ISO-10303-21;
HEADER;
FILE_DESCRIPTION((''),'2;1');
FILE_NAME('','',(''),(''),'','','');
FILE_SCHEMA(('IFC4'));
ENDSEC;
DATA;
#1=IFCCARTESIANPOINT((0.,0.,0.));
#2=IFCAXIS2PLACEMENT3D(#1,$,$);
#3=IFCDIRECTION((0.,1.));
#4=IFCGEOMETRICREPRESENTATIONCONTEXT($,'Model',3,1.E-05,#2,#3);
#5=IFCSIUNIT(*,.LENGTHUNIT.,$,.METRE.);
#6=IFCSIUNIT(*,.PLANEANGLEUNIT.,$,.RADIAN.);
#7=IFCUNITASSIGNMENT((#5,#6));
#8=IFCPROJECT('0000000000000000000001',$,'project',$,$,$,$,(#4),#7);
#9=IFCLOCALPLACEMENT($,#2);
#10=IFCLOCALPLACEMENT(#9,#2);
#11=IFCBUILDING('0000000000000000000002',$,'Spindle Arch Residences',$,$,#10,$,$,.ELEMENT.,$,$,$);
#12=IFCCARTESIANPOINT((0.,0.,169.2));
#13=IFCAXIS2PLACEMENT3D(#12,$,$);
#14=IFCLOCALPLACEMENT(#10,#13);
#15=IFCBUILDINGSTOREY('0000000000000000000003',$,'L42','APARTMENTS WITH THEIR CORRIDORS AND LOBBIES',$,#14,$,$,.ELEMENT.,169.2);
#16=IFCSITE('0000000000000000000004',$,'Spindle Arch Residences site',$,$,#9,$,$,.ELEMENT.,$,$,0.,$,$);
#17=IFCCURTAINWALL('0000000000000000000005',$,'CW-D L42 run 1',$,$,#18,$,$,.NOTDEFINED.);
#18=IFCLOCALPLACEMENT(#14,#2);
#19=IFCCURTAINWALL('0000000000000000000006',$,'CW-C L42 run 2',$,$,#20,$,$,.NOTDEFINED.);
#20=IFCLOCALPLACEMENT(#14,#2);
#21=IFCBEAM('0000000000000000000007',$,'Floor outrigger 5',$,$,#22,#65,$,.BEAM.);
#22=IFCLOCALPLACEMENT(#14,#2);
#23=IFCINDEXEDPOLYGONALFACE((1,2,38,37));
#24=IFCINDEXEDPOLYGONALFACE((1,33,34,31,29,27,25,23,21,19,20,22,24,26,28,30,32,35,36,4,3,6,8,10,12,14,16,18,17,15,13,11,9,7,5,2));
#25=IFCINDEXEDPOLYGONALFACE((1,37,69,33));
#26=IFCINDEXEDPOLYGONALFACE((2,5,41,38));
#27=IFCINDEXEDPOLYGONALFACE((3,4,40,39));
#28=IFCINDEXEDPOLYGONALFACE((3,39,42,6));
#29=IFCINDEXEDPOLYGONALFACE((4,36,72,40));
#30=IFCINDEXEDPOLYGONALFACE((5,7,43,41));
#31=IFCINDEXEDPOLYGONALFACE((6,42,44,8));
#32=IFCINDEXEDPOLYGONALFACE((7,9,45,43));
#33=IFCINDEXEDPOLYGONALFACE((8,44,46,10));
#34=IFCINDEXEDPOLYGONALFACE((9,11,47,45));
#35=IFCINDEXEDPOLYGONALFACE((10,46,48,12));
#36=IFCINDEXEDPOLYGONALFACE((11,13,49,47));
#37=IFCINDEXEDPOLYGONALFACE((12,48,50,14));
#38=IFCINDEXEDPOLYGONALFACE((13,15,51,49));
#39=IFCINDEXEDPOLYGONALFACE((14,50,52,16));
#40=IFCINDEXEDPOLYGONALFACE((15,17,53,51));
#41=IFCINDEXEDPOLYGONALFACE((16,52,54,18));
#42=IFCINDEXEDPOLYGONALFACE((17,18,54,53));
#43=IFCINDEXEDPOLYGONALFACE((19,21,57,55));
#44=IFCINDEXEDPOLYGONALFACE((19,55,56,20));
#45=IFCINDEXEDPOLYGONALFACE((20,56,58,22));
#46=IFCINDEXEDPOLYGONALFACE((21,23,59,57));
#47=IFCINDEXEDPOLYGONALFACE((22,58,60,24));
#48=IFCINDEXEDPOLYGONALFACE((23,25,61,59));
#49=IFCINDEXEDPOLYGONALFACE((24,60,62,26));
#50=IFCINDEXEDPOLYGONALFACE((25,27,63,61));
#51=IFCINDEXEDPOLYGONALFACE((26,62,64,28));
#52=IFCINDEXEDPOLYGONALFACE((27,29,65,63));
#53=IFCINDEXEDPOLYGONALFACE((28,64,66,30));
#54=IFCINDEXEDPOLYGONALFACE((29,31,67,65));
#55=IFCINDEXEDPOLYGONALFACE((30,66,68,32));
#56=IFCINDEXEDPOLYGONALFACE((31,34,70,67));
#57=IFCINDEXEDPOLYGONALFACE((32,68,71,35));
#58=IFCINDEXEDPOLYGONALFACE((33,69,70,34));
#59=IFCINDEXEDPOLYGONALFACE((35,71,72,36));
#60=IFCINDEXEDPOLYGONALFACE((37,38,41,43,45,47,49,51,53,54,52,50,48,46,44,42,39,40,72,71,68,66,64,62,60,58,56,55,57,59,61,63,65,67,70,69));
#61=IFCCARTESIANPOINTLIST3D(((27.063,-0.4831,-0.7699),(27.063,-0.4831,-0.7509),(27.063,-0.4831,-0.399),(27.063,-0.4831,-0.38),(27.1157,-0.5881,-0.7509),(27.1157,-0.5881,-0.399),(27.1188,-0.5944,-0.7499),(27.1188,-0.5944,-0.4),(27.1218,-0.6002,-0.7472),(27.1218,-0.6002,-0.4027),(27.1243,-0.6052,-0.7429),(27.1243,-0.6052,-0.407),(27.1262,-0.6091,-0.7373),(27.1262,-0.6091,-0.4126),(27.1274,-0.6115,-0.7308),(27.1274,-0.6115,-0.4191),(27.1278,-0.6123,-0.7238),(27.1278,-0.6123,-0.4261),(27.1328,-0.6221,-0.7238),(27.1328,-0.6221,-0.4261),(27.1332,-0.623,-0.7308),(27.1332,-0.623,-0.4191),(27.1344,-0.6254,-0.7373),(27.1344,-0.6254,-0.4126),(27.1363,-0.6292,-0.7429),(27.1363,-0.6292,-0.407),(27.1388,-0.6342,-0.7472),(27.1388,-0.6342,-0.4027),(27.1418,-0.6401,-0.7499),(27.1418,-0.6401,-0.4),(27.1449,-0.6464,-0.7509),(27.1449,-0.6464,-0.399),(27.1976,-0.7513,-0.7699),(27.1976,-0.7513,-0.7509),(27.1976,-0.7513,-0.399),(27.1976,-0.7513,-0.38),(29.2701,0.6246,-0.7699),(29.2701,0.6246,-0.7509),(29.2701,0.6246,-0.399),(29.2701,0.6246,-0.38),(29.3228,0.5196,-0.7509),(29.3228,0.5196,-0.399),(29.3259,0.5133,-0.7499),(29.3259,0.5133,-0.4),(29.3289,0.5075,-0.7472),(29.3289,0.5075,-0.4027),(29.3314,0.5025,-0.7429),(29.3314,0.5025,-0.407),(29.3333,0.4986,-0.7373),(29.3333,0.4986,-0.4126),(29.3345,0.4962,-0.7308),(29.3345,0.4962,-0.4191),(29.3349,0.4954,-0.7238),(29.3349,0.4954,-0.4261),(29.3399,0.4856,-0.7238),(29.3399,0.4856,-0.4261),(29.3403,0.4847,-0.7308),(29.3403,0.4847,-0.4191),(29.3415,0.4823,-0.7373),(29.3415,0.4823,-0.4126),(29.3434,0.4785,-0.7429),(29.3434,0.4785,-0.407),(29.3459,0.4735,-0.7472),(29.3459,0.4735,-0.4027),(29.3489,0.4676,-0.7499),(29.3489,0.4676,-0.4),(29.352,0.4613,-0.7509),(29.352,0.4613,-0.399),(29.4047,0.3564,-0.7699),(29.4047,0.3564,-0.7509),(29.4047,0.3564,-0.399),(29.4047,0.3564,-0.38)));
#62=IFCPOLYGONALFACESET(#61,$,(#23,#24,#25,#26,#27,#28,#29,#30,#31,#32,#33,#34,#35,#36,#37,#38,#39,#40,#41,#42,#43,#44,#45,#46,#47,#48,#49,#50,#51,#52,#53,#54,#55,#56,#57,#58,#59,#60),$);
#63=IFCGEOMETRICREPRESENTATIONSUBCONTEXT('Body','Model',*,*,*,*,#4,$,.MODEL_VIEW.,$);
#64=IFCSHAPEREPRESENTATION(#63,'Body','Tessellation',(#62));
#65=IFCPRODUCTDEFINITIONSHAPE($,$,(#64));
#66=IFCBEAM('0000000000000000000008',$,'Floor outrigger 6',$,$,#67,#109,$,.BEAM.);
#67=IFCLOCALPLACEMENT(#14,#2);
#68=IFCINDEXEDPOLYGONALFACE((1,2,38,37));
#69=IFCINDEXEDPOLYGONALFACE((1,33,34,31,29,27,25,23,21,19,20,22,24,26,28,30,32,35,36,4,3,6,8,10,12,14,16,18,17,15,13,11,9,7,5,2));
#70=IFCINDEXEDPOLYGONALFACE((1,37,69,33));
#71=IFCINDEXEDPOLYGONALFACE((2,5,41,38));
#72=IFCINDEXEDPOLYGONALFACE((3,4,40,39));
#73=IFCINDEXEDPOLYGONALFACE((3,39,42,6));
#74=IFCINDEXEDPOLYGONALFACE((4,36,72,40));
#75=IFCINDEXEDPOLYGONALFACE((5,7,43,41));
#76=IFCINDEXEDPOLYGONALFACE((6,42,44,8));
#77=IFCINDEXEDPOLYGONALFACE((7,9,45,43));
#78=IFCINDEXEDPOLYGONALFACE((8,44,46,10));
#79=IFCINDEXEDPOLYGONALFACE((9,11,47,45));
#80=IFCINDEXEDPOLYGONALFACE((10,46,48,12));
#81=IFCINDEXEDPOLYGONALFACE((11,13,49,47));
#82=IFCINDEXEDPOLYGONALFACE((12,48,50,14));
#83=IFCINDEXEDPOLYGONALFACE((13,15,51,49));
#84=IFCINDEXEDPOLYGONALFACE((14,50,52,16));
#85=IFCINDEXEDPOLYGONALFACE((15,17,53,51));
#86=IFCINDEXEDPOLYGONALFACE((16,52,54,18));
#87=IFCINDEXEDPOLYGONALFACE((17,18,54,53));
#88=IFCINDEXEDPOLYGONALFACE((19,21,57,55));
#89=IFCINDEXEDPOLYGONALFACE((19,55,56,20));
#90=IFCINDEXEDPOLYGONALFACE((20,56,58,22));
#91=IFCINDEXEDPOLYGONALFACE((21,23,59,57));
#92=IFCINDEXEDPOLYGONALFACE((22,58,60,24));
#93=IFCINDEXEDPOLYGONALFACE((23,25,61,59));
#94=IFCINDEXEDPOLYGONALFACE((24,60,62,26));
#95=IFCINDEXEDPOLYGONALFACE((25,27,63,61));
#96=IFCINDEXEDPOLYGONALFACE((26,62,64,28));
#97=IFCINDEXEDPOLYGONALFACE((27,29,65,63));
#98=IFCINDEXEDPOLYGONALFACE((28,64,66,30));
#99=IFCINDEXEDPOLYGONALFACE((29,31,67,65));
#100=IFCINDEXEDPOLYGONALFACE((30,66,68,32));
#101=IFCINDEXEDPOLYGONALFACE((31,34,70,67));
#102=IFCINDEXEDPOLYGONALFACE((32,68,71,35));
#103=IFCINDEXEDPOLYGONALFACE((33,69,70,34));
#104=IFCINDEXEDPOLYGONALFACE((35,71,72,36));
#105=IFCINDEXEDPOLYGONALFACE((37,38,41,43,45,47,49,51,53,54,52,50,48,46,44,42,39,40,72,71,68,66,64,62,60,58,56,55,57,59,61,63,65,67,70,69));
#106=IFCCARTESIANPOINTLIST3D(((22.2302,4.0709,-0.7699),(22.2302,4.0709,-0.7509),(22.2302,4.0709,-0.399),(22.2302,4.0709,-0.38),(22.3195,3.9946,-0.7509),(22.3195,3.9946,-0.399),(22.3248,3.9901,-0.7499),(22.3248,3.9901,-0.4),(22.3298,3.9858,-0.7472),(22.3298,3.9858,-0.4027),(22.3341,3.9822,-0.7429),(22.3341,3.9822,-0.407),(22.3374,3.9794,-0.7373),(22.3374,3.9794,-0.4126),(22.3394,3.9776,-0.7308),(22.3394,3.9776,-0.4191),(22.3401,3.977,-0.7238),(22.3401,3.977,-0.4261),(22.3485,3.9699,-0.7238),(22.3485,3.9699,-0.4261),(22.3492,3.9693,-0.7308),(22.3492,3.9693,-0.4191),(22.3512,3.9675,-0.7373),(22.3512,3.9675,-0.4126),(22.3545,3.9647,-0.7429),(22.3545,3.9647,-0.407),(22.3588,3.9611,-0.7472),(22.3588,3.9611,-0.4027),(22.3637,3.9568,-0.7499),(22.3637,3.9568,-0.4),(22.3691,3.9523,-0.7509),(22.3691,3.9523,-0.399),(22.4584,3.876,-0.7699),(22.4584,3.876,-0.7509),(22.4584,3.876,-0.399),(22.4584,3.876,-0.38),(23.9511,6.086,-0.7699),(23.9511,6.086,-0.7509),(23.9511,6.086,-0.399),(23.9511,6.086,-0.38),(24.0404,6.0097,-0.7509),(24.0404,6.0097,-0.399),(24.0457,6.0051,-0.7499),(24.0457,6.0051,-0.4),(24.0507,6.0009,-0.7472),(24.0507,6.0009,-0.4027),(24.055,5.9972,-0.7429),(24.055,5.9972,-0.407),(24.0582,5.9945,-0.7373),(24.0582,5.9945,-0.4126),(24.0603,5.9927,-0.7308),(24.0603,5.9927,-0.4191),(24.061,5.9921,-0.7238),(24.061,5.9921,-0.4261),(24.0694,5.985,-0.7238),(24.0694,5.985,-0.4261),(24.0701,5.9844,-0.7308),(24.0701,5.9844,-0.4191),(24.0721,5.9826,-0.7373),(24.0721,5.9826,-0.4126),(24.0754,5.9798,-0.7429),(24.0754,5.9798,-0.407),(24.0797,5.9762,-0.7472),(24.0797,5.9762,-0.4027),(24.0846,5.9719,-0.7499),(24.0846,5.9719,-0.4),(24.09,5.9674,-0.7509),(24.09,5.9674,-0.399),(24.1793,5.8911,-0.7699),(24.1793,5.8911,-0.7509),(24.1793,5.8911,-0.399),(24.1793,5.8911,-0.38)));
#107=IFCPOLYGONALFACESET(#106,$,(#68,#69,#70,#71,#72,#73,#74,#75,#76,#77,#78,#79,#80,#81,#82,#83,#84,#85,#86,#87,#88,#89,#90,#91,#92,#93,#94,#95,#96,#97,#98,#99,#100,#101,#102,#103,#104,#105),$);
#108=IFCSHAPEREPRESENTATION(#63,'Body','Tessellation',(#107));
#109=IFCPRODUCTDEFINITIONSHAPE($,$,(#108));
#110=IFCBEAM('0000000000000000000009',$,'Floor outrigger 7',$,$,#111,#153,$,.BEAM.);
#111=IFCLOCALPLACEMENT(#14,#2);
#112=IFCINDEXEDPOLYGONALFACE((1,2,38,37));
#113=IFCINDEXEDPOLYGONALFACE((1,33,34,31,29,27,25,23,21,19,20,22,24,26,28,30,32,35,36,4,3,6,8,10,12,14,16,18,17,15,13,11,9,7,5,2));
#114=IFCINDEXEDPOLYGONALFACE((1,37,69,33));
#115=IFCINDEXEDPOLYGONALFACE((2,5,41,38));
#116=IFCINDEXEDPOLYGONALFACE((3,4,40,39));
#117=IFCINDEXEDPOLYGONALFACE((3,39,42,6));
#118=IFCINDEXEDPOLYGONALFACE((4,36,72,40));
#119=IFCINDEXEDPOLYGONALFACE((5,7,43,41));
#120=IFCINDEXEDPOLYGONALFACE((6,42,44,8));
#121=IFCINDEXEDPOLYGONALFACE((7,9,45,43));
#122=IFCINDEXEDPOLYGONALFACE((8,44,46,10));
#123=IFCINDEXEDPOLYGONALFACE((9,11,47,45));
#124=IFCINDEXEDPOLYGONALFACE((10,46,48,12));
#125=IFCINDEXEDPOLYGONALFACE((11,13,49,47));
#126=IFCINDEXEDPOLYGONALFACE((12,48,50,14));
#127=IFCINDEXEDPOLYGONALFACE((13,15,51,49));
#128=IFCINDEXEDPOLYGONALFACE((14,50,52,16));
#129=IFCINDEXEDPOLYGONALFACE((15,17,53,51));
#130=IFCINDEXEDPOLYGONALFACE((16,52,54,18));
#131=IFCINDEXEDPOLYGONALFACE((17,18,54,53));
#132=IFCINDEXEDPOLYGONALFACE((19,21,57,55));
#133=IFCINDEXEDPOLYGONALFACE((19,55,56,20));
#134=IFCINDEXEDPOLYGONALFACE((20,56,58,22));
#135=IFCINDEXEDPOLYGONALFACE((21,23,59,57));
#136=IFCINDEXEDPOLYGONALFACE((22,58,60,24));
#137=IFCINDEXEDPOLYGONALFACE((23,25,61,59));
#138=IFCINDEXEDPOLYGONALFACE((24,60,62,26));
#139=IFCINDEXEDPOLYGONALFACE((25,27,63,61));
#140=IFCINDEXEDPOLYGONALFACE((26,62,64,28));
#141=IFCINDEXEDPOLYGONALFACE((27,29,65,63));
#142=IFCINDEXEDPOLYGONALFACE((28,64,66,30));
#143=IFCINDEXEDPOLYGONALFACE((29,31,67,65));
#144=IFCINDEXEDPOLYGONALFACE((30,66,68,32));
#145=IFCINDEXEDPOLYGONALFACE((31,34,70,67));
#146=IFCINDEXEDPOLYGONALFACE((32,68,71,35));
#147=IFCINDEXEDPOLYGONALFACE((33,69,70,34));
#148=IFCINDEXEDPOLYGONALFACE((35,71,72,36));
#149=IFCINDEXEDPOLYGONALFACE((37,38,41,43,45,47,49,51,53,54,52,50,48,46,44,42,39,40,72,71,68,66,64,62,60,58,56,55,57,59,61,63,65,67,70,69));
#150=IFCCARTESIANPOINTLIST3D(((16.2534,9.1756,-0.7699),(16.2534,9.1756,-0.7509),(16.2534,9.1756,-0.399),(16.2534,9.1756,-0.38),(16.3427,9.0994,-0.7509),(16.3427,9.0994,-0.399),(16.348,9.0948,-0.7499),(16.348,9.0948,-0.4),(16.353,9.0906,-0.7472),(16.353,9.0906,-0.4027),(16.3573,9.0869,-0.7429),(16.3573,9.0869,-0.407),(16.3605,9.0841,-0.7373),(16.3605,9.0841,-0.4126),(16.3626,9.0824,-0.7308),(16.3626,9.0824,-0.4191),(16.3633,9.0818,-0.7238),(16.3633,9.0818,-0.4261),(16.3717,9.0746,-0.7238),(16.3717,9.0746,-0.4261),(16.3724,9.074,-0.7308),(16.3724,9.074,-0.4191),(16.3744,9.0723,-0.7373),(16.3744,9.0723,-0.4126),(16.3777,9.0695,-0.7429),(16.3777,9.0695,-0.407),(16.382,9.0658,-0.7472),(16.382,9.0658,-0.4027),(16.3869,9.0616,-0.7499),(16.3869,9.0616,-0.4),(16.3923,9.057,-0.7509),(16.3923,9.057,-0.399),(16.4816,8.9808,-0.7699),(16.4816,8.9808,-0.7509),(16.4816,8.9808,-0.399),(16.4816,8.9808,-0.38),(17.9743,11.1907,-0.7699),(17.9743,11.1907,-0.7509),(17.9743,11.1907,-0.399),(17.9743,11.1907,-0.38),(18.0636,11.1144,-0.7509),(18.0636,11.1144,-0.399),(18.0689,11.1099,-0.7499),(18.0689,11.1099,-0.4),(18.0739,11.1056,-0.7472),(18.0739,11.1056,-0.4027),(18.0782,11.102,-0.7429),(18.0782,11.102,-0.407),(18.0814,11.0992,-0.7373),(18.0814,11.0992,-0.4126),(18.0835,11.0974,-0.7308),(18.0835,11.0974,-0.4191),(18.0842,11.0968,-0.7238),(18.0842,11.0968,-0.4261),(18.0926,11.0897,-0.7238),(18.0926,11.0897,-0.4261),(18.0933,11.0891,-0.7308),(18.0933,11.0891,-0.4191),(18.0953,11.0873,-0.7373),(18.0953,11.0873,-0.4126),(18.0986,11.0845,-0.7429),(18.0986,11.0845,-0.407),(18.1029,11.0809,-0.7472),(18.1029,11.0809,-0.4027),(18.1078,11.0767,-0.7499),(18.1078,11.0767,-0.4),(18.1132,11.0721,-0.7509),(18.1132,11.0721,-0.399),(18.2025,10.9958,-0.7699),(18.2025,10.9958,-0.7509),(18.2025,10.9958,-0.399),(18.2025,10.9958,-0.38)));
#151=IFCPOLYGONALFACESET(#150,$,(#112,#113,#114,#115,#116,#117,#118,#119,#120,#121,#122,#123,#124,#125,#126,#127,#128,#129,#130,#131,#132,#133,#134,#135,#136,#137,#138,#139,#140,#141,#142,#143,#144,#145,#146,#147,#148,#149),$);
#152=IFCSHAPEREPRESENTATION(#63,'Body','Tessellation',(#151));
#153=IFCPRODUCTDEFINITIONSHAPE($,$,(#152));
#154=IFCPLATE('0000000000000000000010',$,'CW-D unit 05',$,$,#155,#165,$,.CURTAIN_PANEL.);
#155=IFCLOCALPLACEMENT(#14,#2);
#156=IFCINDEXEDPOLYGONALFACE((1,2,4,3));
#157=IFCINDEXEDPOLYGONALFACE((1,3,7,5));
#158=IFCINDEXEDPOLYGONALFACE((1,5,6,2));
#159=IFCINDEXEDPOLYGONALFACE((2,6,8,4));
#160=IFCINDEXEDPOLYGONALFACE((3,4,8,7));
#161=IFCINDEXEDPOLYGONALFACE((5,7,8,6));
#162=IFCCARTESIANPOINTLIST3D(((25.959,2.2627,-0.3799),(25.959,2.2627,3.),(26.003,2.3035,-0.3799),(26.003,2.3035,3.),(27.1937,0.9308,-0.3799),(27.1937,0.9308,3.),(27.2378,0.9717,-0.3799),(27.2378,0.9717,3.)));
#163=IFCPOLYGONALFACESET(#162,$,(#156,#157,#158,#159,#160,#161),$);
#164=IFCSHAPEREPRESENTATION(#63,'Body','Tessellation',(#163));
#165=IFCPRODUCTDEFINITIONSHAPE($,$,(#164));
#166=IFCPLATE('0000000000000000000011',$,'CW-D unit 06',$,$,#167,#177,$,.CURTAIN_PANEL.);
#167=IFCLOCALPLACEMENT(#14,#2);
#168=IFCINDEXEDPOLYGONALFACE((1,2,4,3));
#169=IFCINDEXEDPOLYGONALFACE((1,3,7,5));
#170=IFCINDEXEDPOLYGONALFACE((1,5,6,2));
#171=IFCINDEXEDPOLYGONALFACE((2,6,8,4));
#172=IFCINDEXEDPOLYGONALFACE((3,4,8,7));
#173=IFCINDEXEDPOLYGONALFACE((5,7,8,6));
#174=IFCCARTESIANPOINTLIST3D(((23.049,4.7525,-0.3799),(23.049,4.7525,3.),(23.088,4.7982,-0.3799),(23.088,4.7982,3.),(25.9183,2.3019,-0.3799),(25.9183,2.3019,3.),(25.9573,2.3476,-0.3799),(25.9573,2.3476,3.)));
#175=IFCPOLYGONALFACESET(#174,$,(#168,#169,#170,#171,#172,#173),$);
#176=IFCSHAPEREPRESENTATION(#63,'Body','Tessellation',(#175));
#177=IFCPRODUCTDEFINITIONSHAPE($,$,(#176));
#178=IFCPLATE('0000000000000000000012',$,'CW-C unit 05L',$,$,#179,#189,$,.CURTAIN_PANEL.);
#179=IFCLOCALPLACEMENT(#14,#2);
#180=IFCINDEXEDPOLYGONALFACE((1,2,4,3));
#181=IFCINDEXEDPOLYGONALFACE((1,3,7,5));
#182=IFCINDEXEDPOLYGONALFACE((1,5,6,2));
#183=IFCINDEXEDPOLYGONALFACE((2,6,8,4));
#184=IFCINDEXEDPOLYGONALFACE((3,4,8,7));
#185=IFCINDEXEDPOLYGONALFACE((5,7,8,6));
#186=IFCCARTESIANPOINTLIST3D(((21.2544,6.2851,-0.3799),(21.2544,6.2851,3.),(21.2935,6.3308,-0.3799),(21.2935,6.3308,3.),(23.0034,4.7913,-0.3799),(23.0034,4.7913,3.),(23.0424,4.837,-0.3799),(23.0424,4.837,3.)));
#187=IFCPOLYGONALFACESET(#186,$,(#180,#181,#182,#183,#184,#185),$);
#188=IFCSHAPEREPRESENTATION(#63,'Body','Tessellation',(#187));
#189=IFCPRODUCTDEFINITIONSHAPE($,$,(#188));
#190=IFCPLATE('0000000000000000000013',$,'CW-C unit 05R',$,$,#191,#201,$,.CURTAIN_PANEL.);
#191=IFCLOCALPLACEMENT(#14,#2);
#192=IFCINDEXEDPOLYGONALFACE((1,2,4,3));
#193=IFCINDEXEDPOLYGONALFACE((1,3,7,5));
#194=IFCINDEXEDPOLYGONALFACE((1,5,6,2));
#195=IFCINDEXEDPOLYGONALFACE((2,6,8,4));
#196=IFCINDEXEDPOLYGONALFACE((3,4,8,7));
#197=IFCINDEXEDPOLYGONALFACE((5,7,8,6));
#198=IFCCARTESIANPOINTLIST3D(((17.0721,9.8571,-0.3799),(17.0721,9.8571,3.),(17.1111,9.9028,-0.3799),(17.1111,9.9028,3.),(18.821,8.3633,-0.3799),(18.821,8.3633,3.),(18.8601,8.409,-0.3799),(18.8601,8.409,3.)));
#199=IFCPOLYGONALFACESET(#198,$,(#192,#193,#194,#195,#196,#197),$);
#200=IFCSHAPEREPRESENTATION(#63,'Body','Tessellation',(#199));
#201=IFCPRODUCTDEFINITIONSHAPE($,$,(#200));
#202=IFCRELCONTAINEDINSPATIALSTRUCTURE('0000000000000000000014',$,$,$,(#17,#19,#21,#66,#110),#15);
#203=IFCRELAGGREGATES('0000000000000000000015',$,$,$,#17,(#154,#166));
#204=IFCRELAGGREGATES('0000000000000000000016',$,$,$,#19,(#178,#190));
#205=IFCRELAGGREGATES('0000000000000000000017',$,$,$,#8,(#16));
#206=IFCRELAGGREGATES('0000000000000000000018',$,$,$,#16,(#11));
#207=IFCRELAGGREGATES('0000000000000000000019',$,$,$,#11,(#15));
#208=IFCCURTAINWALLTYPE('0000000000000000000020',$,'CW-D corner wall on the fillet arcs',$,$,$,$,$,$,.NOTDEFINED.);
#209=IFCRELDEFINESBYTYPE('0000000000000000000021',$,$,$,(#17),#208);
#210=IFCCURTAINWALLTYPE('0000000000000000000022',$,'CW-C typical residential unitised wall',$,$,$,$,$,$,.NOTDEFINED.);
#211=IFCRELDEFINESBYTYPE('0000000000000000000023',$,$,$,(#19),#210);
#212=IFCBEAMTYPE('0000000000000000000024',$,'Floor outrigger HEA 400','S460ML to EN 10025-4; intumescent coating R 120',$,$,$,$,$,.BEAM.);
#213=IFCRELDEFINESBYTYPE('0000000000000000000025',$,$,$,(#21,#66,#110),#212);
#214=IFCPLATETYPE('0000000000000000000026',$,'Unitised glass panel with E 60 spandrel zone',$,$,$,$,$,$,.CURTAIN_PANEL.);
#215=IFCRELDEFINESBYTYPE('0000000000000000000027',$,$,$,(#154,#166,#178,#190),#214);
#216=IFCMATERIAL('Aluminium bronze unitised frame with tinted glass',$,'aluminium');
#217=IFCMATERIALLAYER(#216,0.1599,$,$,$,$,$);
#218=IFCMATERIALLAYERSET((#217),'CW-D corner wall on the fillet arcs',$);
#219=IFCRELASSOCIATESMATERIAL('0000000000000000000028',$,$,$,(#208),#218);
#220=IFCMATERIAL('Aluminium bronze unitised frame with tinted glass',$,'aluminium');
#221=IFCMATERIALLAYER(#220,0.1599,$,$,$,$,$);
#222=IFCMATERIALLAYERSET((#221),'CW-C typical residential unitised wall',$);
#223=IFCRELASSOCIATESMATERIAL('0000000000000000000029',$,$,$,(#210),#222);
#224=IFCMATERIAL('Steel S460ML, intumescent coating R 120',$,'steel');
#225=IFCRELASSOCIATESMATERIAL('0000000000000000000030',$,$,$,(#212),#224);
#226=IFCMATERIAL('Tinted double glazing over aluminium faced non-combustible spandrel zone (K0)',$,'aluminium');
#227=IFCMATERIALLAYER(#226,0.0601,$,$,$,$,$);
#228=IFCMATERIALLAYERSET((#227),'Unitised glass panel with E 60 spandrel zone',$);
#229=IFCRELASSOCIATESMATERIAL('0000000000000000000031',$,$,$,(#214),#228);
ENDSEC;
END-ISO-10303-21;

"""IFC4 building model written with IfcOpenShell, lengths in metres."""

from ifc_helpers import new_model, si_unit, direction, frame, origin, origin_2d, place, context, subcontext, project, spatial, rectangle, i_section, extrude, material, layer, layer_set, material_profile, profile_set, type_object, element, aggregate, save


model = new_model("IFC4")

# Units and contexts
model_context = context("Model", 3, precision=1e-05, world=origin(), true_north=direction((0.0, 1.0)))
body_context = subcontext(model_context, "Body", "Model", "MODEL_VIEW")
ifc_project = project(units=[si_unit("LENGTHUNIT", "METRE"), si_unit("PLANEANGLEUNIT", "RADIAN")], contexts=[model_context])

# Site, building, storey
site_placement = place(None, origin())
site = spatial("IfcSite", under=ifc_project, at=site_placement, Name="Spindle Arch Residences site", CompositionType="ELEMENT", RefElevation=0.0)
building_placement = place(site_placement, origin())
building = spatial("IfcBuilding", under=site, at=building_placement, Name="Spindle Arch Residences", CompositionType="ELEMENT")
storey_placement = place(building_placement, frame((0.0, 0.0, 169.2)))
storey = spatial("IfcBuildingStorey", under=building, at=storey_placement, Name="L42", Description="APARTMENTS WITH THEIR CORRIDORS AND LOBBIES", CompositionType="ELEMENT", Elevation=169.2)

# Curtain wall
ifc_material_1 = material(Name="Aluminium bronze unitised frame with tinted glass", Category="aluminium")
ifc_layer_1 = layer(ifc_material_1, 0.1599)
ifc_layer_set_1 = layer_set([ifc_layer_1], Name="CW-D corner wall on the fillet arcs")
curtain_wall_type_1 = type_object("IfcCurtainWallType", Name="CW-D corner wall on the fillet arcs", PredefinedType="NOTDEFINED", material=ifc_layer_set_1)
curtain_wall_1_placement = place(storey_placement, origin())
curtain_wall_1 = element("IfcCurtainWall", 1, at=curtain_wall_1_placement, inside=storey, type_object=curtain_wall_type_1, Name="CW-D L42 run 1", PredefinedType="NOTDEFINED")

# Curtain wall
ifc_material_2 = material(Name="Aluminium bronze unitised frame with tinted glass", Category="aluminium")
ifc_layer_2 = layer(ifc_material_2, 0.1599)
ifc_layer_set_2 = layer_set([ifc_layer_2], Name="CW-C typical residential unitised wall")
curtain_wall_type_2 = type_object("IfcCurtainWallType", Name="CW-C typical residential unitised wall", PredefinedType="NOTDEFINED", material=ifc_layer_set_2)
curtain_wall_2_placement = place(storey_placement, origin())
curtain_wall_2 = element("IfcCurtainWall", 2, at=curtain_wall_2_placement, inside=storey, type_object=curtain_wall_type_2, Name="CW-C L42 run 2", PredefinedType="NOTDEFINED")

# Beams
ifc_material_3 = material(Name="Steel S460ML, intumescent coating R 120", Category="steel")
ifc_material_profile_1 = material_profile(ifc_material_3, i_section(OverallWidth=0.3, OverallDepth=0.3899, WebThickness=0.011, FlangeThickness=0.019, FilletRadius=0.0271, at=origin_2d()), Name="HEA 400")
ifc_profile_set_1 = profile_set([ifc_material_profile_1], Name="Steel S460ML, intumescent coating R 120")
beam_type_1 = type_object("IfcBeamType", Name="Floor outrigger HEA 400", Description="S460ML to EN 10025-4; intumescent coating R 120", PredefinedType="BEAM", material=ifc_profile_set_1)
beam_1_placement = place(storey_placement, frame((29.3374, 0.4905, -0.575), z_axis=(-0.893754, -0.448558, 0.0), x_axis=(0.448558, -0.893754, 0.0)))
element("IfcBeam", 3, at=beam_1_placement, inside=storey, type_object=beam_type_1, Name="Floor outrigger 5", PredefinedType="BEAM", context=body_context, shape_type="SweptSolid", body=[
    extrude(i_section(OverallWidth=0.3, OverallDepth=0.3899, WebThickness=0.011, FlangeThickness=0.019, FilletRadius=0.0271, at=origin_2d()), origin(), (0.0, 0.0, 1.0), 2.4695),
])
for number, where, z_axis, x_axis, name in (
    (4, (24.0652, 5.9885, -0.575), (-0.649417, -0.760432, 0.0), (0.760432, -0.649417, 0.0), "Floor outrigger 6"),
    (5, (18.0884, 11.0933, -0.575), (-0.649417, -0.760432, 0.0), (0.760432, -0.649417, 0.0), "Floor outrigger 7"),
):
    element("IfcBeam", number, at=place(storey_placement, frame(where, z_axis=z_axis, x_axis=x_axis)), inside=storey, type_object=beam_type_1, Name=name, PredefinedType="BEAM", context=body_context, shape_type="SweptSolid", body=[
        extrude(i_section(OverallWidth=0.3, OverallDepth=0.3899, WebThickness=0.011, FlangeThickness=0.019, FilletRadius=0.0271, at=origin_2d()), origin(), (0.0, 0.0, 1.0), 2.6499),
    ])

# Plates
ifc_material_4 = material(Name="Tinted double glazing over aluminium faced non-combustible spandrel zone (K0)", Category="aluminium")
ifc_layer_3 = layer(ifc_material_4, 0.0601)
ifc_layer_set_3 = layer_set([ifc_layer_3], Name="Unitised glass panel with E 60 spandrel zone")
plate_type = type_object("IfcPlateType", Name="Unitised glass panel with E 60 spandrel zone", PredefinedType="CURTAIN_PANEL", material=ifc_layer_set_3)
plate_1_placement = place(storey_placement, frame((26.5984, 1.6172, -0.3799), z_axis=(0.0, 0.0, 1.0), x_axis=(-0.679868, 0.733334, 0.0)))
plate_1 = element("IfcPlate", 6, at=plate_1_placement, type_object=plate_type, Name="CW-D unit 05", PredefinedType="CURTAIN_PANEL", context=body_context, shape_type="SweptSolid", body=[
    extrude(rectangle(XDim=1.8162, YDim=0.0601, at=origin_2d()), origin(), (0.0, 0.0, 1.0), 3.3799),
])
plate_2_placement = place(storey_placement, frame((24.5032, 3.55, -0.3799), z_axis=(0.0, 0.0, 1.0), x_axis=(-0.760406, 0.649448, 0.0)))
plate_2 = element("IfcPlate", 7, at=plate_2_placement, type_object=plate_type, Name="CW-D unit 06", PredefinedType="CURTAIN_PANEL", context=body_context, shape_type="SweptSolid", body=[
    extrude(rectangle(XDim=3.7734, YDim=0.0601, at=origin_2d()), origin(), (0.0, 0.0, 1.0), 3.3799),
])
aggregate(curtain_wall_1, [plate_1, plate_2])
plate_3_placement = place(storey_placement, frame((22.1484, 5.561, -0.3799), z_axis=(0.0, 0.0, 1.0), x_axis=(-0.760406, 0.649448, 0.0)))
plate_3 = element("IfcPlate", 8, at=plate_3_placement, type_object=plate_type, Name="CW-C unit 05L", PredefinedType="CURTAIN_PANEL", context=body_context, shape_type="SweptSolid", body=[
    extrude(rectangle(XDim=2.3, YDim=0.0601, at=origin_2d()), origin(), (0.0, 0.0, 1.0), 3.3799),
])
plate_4_placement = place(storey_placement, frame((17.9661, 9.1331, -0.3799), z_axis=(0.0, 0.0, 1.0), x_axis=(-0.760406, 0.649448, 0.0)))
plate_4 = element("IfcPlate", 9, at=plate_4_placement, type_object=plate_type, Name="CW-C unit 05R", PredefinedType="CURTAIN_PANEL", context=body_context, shape_type="SweptSolid", body=[
    extrude(rectangle(XDim=2.3, YDim=0.0601, at=origin_2d()), origin(), (0.0, 0.0, 1.0), 3.3799),
])
aggregate(curtain_wall_2, [plate_3, plate_4])

save(model, "model.ifc")
